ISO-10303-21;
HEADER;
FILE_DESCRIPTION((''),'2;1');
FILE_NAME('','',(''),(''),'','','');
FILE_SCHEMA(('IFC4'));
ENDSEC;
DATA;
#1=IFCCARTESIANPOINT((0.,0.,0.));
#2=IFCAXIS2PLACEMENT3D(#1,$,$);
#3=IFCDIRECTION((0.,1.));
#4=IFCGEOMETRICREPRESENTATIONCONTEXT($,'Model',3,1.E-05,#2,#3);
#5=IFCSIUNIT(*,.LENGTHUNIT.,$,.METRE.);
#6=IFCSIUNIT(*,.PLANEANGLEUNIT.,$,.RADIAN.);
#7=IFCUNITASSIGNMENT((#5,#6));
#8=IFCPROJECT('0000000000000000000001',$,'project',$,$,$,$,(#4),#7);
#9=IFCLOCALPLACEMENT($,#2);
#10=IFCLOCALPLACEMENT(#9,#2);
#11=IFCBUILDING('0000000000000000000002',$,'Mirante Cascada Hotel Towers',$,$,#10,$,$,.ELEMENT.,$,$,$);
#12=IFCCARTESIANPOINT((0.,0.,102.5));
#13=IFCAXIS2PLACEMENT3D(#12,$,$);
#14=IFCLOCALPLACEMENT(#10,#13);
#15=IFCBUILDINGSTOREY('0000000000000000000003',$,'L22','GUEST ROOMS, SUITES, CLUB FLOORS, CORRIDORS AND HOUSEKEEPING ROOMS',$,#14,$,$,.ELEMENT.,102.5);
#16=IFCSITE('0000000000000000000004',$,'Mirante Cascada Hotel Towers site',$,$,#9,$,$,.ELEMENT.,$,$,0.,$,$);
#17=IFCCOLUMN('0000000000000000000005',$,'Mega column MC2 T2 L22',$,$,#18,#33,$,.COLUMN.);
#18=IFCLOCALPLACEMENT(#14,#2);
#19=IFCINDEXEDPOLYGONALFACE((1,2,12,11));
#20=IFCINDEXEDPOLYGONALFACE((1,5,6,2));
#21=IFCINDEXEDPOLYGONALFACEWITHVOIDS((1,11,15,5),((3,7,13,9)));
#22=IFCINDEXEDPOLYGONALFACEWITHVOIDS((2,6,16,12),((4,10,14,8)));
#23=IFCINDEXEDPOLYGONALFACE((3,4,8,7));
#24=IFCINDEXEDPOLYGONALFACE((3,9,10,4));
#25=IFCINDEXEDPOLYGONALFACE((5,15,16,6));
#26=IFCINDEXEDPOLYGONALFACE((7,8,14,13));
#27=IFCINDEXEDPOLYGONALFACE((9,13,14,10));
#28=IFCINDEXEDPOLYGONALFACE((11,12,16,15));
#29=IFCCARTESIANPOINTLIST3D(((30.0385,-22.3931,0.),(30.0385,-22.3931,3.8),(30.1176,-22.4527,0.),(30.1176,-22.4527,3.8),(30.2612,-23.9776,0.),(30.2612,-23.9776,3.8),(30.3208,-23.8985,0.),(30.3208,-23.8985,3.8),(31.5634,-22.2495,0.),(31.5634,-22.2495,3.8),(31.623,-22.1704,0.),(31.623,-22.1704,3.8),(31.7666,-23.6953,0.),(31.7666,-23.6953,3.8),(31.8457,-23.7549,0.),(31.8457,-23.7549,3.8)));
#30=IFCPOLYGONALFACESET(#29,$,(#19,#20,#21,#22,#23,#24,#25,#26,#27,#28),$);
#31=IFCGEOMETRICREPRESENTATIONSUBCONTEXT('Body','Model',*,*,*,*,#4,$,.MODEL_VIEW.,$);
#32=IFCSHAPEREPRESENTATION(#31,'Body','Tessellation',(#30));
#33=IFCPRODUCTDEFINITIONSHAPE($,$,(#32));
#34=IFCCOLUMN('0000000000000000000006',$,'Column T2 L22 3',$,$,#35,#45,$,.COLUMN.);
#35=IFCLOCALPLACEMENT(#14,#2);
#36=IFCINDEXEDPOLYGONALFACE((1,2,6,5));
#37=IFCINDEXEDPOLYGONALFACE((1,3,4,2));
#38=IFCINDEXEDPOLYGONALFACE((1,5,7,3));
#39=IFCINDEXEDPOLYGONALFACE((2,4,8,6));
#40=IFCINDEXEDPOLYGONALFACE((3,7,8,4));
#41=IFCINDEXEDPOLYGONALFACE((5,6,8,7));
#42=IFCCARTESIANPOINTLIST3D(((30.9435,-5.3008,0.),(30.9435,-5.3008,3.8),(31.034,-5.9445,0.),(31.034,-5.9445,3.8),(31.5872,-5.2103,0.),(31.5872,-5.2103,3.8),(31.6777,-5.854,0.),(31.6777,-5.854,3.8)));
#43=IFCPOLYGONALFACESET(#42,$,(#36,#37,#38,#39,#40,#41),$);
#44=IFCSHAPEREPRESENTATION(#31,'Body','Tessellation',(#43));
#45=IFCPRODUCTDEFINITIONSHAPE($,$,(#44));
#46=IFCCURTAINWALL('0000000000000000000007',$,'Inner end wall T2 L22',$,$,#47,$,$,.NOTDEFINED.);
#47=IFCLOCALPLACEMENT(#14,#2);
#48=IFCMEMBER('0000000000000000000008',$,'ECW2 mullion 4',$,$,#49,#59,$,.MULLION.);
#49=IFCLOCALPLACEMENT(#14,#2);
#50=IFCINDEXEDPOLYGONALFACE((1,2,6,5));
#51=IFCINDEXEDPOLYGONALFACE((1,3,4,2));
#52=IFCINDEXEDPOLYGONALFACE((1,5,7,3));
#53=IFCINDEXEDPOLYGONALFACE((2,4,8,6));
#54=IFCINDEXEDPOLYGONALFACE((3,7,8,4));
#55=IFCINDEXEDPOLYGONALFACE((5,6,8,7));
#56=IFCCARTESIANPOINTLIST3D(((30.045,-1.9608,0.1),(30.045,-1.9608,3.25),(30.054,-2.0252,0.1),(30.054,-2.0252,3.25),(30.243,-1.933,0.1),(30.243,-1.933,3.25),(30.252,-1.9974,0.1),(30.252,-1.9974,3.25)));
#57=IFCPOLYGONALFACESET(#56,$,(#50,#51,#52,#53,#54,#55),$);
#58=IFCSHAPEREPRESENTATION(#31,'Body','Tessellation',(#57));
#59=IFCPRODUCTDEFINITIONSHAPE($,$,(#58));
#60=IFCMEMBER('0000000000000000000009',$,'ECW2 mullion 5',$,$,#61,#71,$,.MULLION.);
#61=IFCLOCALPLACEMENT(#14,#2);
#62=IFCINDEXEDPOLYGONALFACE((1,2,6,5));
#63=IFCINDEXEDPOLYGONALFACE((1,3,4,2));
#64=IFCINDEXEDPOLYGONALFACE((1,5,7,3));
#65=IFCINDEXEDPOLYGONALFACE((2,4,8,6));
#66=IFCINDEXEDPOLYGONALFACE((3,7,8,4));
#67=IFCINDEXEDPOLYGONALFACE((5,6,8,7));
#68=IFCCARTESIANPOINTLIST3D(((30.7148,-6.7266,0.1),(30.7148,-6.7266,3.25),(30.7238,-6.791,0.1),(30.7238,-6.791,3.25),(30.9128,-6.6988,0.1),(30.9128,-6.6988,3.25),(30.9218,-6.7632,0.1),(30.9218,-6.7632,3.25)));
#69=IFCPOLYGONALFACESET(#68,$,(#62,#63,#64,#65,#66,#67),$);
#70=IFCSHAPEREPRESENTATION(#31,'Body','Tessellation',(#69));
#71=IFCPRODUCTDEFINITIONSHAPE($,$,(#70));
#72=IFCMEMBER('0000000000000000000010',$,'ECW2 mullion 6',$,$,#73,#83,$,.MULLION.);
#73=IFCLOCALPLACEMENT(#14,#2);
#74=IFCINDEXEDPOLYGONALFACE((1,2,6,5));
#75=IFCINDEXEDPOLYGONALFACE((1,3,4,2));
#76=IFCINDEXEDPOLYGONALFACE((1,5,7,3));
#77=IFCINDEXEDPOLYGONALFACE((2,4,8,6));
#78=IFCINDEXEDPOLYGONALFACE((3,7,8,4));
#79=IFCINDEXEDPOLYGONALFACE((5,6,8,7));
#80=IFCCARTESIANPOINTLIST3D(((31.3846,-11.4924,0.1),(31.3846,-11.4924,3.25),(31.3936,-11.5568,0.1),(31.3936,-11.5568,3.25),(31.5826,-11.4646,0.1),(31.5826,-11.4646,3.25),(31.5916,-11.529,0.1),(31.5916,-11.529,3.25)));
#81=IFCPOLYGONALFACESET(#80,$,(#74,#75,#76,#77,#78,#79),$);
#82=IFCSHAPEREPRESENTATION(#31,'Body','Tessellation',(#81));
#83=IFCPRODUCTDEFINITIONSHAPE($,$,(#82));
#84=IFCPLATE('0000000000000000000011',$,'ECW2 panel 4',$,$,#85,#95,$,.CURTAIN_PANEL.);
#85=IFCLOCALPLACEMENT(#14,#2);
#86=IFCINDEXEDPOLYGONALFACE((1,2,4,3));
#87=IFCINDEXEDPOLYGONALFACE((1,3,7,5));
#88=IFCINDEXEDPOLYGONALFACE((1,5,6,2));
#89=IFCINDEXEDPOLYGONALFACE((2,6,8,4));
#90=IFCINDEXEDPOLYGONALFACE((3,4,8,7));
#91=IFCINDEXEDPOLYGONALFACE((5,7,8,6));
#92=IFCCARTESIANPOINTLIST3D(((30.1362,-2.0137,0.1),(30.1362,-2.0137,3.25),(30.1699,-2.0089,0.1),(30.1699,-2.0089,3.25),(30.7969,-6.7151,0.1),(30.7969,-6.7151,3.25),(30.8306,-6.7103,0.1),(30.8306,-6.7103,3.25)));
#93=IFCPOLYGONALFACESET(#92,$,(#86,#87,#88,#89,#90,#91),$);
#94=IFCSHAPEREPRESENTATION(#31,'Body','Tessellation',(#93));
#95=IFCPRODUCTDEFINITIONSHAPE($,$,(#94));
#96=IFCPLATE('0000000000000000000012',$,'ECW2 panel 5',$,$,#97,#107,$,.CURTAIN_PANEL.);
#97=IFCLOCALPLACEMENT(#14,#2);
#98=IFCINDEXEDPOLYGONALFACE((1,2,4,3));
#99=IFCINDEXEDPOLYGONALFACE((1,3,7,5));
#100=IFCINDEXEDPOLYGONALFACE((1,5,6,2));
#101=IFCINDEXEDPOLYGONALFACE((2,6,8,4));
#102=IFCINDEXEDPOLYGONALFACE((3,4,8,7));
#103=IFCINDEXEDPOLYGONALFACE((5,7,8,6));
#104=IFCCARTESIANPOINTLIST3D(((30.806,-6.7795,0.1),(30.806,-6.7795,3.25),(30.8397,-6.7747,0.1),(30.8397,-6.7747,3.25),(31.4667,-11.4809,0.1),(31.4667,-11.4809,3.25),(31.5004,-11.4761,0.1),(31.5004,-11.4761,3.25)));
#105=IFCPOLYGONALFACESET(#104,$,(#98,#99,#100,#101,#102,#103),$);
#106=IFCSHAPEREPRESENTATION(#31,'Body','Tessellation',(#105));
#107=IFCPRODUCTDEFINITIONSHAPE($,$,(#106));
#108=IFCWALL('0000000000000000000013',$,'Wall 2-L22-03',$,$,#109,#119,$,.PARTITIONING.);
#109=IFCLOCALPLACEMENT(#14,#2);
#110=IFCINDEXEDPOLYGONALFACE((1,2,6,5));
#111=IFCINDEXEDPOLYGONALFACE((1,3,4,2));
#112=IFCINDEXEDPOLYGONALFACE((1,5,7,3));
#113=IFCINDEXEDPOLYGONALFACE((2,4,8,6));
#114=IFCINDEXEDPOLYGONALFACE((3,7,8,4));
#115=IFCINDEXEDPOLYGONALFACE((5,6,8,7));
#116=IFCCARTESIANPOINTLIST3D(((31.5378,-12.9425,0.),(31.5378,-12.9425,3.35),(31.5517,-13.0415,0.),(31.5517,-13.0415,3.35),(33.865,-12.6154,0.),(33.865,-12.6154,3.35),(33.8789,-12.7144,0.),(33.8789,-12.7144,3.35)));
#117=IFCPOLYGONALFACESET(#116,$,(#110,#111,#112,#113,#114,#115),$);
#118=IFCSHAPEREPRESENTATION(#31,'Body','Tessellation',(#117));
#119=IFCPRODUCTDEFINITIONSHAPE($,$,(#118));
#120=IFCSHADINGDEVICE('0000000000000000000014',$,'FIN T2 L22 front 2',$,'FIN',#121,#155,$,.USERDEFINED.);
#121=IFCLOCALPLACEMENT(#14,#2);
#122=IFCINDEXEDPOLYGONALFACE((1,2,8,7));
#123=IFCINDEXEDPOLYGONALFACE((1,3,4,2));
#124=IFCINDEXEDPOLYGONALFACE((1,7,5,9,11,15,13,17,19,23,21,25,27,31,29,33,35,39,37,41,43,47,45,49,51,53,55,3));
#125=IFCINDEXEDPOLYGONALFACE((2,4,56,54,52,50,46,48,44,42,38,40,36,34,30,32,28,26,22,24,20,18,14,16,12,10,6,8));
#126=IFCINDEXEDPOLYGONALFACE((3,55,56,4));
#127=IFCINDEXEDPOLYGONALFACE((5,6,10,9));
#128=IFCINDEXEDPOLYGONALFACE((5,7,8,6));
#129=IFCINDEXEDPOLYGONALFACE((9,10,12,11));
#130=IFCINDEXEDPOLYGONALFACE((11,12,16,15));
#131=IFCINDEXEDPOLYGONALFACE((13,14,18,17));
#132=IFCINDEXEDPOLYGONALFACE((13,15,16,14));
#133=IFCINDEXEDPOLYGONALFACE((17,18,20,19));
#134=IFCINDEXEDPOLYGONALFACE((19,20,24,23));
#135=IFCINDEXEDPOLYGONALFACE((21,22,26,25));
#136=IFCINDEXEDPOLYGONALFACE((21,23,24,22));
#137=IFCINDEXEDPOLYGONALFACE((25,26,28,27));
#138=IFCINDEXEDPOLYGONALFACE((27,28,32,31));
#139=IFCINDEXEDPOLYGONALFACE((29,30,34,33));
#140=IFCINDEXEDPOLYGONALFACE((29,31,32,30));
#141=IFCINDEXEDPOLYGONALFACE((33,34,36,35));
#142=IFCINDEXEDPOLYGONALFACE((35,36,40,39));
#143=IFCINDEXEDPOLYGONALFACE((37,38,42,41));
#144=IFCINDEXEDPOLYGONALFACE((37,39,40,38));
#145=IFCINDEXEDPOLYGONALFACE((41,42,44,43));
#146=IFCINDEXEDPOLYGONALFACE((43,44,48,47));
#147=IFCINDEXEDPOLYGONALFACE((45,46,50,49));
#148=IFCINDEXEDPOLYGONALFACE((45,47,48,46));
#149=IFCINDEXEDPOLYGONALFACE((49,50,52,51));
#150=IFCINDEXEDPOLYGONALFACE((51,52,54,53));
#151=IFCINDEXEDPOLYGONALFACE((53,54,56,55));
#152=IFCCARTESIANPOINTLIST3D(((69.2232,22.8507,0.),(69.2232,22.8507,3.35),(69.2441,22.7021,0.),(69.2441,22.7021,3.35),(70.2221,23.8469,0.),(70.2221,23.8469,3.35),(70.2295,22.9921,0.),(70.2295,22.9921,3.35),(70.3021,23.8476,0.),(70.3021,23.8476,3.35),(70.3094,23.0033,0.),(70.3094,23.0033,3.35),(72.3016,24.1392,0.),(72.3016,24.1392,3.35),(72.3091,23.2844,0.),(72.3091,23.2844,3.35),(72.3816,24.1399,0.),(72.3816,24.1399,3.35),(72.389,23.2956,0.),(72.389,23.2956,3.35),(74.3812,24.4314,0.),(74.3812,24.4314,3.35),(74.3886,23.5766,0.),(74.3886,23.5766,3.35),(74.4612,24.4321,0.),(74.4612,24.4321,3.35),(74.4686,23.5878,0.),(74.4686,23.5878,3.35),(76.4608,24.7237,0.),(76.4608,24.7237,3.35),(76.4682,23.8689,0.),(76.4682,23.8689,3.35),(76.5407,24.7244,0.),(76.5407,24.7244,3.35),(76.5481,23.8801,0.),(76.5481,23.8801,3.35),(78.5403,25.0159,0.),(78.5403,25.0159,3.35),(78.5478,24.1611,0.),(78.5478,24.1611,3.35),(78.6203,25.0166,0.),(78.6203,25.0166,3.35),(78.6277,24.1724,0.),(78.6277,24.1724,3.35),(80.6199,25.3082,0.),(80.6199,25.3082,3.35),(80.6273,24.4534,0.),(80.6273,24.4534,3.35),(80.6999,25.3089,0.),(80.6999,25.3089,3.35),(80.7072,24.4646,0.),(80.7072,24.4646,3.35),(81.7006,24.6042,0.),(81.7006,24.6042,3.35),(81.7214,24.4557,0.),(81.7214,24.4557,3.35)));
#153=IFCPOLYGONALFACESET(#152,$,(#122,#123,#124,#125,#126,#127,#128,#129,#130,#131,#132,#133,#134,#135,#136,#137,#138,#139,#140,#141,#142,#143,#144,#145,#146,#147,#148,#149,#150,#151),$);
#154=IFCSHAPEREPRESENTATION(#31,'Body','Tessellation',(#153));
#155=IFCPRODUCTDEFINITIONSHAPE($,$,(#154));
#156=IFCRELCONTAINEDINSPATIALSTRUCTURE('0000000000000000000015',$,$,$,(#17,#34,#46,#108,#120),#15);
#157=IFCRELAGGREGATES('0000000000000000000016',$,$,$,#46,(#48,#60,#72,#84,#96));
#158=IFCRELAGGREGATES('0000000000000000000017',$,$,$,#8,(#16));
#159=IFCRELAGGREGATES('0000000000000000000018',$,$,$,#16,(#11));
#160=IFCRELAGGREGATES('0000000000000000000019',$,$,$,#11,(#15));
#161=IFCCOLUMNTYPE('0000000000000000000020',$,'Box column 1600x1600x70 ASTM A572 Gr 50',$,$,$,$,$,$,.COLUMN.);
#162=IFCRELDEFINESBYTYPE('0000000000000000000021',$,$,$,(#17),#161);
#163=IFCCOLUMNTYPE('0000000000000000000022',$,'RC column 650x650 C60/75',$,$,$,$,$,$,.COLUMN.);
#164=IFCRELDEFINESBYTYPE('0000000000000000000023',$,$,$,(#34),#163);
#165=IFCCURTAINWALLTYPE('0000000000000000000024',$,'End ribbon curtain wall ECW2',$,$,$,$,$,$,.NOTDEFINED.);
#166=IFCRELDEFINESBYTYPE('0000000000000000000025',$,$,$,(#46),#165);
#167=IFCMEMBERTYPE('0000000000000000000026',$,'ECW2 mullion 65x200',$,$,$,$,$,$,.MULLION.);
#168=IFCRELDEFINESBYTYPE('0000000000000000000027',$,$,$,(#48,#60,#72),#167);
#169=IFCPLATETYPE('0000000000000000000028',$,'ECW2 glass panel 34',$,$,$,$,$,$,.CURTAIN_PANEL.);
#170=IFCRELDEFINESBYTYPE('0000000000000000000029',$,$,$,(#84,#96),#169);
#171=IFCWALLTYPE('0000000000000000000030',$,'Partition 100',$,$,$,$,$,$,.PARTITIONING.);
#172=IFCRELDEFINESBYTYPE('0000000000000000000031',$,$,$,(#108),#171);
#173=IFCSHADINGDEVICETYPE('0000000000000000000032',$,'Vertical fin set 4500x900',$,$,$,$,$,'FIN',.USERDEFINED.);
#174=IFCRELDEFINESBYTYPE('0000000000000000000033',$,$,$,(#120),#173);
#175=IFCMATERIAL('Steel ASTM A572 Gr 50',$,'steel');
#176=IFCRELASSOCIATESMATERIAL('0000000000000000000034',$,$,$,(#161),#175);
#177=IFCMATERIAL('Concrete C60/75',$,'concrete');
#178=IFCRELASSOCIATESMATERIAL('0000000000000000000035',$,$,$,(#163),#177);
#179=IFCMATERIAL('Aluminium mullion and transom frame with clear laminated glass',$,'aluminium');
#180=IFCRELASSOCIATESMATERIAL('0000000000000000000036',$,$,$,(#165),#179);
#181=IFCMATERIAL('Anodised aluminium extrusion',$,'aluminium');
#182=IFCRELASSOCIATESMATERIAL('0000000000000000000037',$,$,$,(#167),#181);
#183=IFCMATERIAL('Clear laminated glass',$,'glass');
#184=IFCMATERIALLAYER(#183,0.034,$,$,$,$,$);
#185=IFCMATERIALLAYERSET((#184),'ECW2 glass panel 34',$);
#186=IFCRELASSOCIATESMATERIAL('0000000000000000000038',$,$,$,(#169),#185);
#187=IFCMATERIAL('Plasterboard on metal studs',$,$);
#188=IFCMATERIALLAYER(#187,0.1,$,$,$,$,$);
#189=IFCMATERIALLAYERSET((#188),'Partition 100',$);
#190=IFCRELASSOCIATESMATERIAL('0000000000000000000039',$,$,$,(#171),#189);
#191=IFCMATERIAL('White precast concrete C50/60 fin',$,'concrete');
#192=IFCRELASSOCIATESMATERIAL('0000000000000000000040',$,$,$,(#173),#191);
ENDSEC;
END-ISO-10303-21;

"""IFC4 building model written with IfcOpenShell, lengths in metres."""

from ifc_helpers import new_model, si_unit, direction, frame, frame_2d, origin, origin_2d, place, context, subcontext, project, spatial, polyline, rectangle, hollow_rectangle, outline, extrude, material, layer, layer_set, material_profile, profile_set, type_object, element, aggregate, save


model = new_model("IFC4")

# Units and contexts
model_context = context("Model", 3, precision=1e-05, world=origin(), true_north=direction((0.0, 1.0)))
body_context = subcontext(model_context, "Body", "Model", "MODEL_VIEW")
ifc_project = project(units=[si_unit("LENGTHUNIT", "METRE"), si_unit("PLANEANGLEUNIT", "RADIAN")], contexts=[model_context])

# Site, building, storey
site_placement = place(None, origin())
site = spatial("IfcSite", under=ifc_project, at=site_placement, Name="Mirante Cascada Hotel Towers site", CompositionType="ELEMENT", RefElevation=0.0)
building_placement = place(site_placement, origin())
building = spatial("IfcBuilding", under=site, at=building_placement, Name="Mirante Cascada Hotel Towers", CompositionType="ELEMENT")
storey_placement = place(building_placement, frame((0.0, 0.0, 102.5)))
storey = spatial("IfcBuildingStorey", under=building, at=storey_placement, Name="L22", Description="GUEST ROOMS, SUITES, CLUB FLOORS, CORRIDORS AND HOUSEKEEPING ROOMS", CompositionType="ELEMENT", Elevation=102.5)

# Columns
ifc_material_1 = material(Name="Steel ASTM A572 Gr 50", Category="steel")
ifc_material_profile_1 = material_profile(ifc_material_1, hollow_rectangle(XDim=1.6, YDim=1.6, WallThickness=0.07, at=origin_2d()), Name="Box column 1600x1600x70 ASTM A572 Gr 50")
ifc_profile_set_1 = profile_set([ifc_material_profile_1], Name="Steel ASTM A572 Gr 50")
column_type_1 = type_object("IfcColumnType", Name="Box column 1600x1600x70 ASTM A572 Gr 50", PredefinedType="COLUMN", material=ifc_profile_set_1)
column_1_placement = place(storey_placement, frame((30.9421, -23.074, 0.0), z_axis=(0.0, 0.0, 1.0), x_axis=(0.990268, 0.139173, 0.0)))
element("IfcColumn", 1, at=column_1_placement, inside=storey, type_object=column_type_1, Name="Mega column MC2 T2 L22", PredefinedType="COLUMN", context=body_context, shape_type="SweptSolid", body=[
    extrude(hollow_rectangle(XDim=1.6, YDim=1.6, WallThickness=0.07, at=origin_2d()), origin(), (0.0, 0.0, 1.0), 3.8),
])
ifc_material_2 = material(Name="Concrete C60/75", Category="concrete")
ifc_material_profile_2 = material_profile(ifc_material_2, rectangle(XDim=0.65, YDim=0.65, at=origin_2d()), Name="RC column 650x650 C60/75")
ifc_profile_set_2 = profile_set([ifc_material_profile_2], Name="Concrete C60/75")
column_type_2 = type_object("IfcColumnType", Name="RC column 650x650 C60/75", PredefinedType="COLUMN", material=ifc_profile_set_2)
column_2_placement = place(storey_placement, frame((31.3106, -5.5774, 0.0), z_axis=(0.0, 0.0, 1.0), x_axis=(0.990268, 0.139173, 0.0)))
element("IfcColumn", 2, at=column_2_placement, inside=storey, type_object=column_type_2, Name="Column T2 L22 3", PredefinedType="COLUMN", context=body_context, shape_type="SweptSolid", body=[
    extrude(rectangle(XDim=0.65, YDim=0.65, at=origin_2d()), origin(), (0.0, 0.0, 1.0), 3.8),
])

# Curtain wall, members, plates
ifc_material_3 = material(Name="Aluminium mullion and transom frame with clear laminated glass", Category="aluminium")
curtain_wall_type = type_object("IfcCurtainWallType", Name="End ribbon curtain wall ECW2", PredefinedType="NOTDEFINED", material=ifc_material_3)
curtain_wall_placement = place(storey_placement, origin())
curtain_wall = element("IfcCurtainWall", 3, at=curtain_wall_placement, inside=storey, type_object=curtain_wall_type, Name="Inner end wall T2 L22", PredefinedType="NOTDEFINED")
ifc_material_4 = material(Name="Anodised aluminium extrusion", Category="aluminium")
ifc_material_profile_3 = material_profile(ifc_material_4, rectangle(XDim=0.2, YDim=0.065, at=origin_2d()), Name="ECW2 MULLION 65x200")
ifc_profile_set_3 = profile_set([ifc_material_profile_3], Name="Anodised aluminium extrusion")
member_type = type_object("IfcMemberType", Name="ECW2 mullion 65x200", PredefinedType="MULLION", material=ifc_profile_set_3)
member_1_placement = place(storey_placement, frame((30.1485, -1.9791, 0.1), z_axis=(0.0, 0.0, 1.0), x_axis=(0.990268, 0.139173, 0.0)))
member_1 = element("IfcMember", 4, at=member_1_placement, type_object=member_type, Name="ECW2 mullion 4", PredefinedType="MULLION", context=body_context, shape_type="SweptSolid", body=[
    extrude(rectangle(XDim=0.2, YDim=0.065, at=origin_2d()), origin(), (0.0, 0.0, 1.0), 3.15),
])
member_2_placement = place(storey_placement, frame((30.8183, -6.7449, 0.1), z_axis=(0.0, 0.0, 1.0), x_axis=(0.990268, 0.139173, 0.0)))
member_2 = element("IfcMember", 5, at=member_2_placement, type_object=member_type, Name="ECW2 mullion 5", PredefinedType="MULLION", context=body_context, shape_type="SweptSolid", body=[
    extrude(rectangle(XDim=0.2, YDim=0.065, at=origin_2d()), origin(), (0.0, 0.0, 1.0), 3.15),
])
member_3_placement = place(storey_placement, frame((31.4881, -11.5107, 0.1), z_axis=(0.0, 0.0, 1.0), x_axis=(0.990268, 0.139173, 0.0)))
member_3 = element("IfcMember", 6, at=member_3_placement, type_object=member_type, Name="ECW2 mullion 6", PredefinedType="MULLION", context=body_context, shape_type="SweptSolid", body=[
    extrude(rectangle(XDim=0.2, YDim=0.065, at=origin_2d()), origin(), (0.0, 0.0, 1.0), 3.15),
])
ifc_material_5 = material(Name="Clear laminated glass", Category="glass")
ifc_layer_1 = layer(ifc_material_5, 0.034)
ifc_layer_set_1 = layer_set([ifc_layer_1], Name="ECW2 glass panel 34")
plate_type = type_object("IfcPlateType", Name="ECW2 glass panel 34", PredefinedType="CURTAIN_PANEL", material=ifc_layer_set_1)
plate_1_placement = place(storey_placement, frame((30.4834, -4.362, 0.1), z_axis=(0.0, 0.0, 1.0), x_axis=(0.139173, -0.990268, 0.0)))
plate_1 = element("IfcPlate", 7, at=plate_1_placement, type_object=plate_type, Name="ECW2 panel 4", PredefinedType="CURTAIN_PANEL", context=body_context, shape_type="SweptSolid", body=[
    extrude(rectangle(XDim=4.7476, YDim=0.034, at=origin_2d()), origin(), (0.0, 0.0, 1.0), 3.15),
])
plate_2_placement = place(storey_placement, frame((31.1532, -9.1278, 0.1), z_axis=(0.0, 0.0, 1.0), x_axis=(0.139173, -0.990268, 0.0)))
plate_2 = element("IfcPlate", 8, at=plate_2_placement, type_object=plate_type, Name="ECW2 panel 5", PredefinedType="CURTAIN_PANEL", context=body_context, shape_type="SweptSolid", body=[
    extrude(rectangle(XDim=4.7476, YDim=0.034, at=origin_2d()), origin(), (0.0, 0.0, 1.0), 3.15),
])
aggregate(curtain_wall, [member_1, member_2, member_3, plate_1, plate_2])

# Wall
ifc_material_6 = material(Name="Plasterboard on metal studs")
ifc_layer_2 = layer(ifc_material_6, 0.1)
ifc_layer_set_2 = layer_set([ifc_layer_2], Name="Partition 100")
wall_type = type_object("IfcWallType", Name="Partition 100", PredefinedType="PARTITIONING", material=ifc_layer_set_2)
wall_placement = place(storey_placement, frame((31.5448, -12.992, 0.0), z_axis=(0.0, 0.0, 1.0), x_axis=(0.990266, 0.139187, 0.0)))
element("IfcWall", 9, at=wall_placement, inside=storey, type_object=wall_type, Name="Wall 2-L22-03", PredefinedType="PARTITIONING", context=body_context, shape_type="SweptSolid", body=[
    extrude(rectangle(XDim=2.3501, YDim=0.1, at=frame_2d((1.175, 0.0))), origin(), (0.0, 0.0, 1.0), 3.35),
])

# Shading device
ifc_material_7 = material(Name="White precast concrete C50/60 fin", Category="concrete")
shading_device_type = type_object("IfcShadingDeviceType", Name="Vertical fin set 4500x900", ElementType="FIN", PredefinedType="USERDEFINED", material=ifc_material_7)
shading_device_1_placement = place(storey_placement, origin())
element("IfcShadingDevice", 10, at=shading_device_1_placement, inside=storey, type_object=shading_device_type, Name="FIN T2 L22 front 2", ObjectType="FIN", PredefinedType="USERDEFINED", context=body_context, shape_type="SweptSolid", body=[
    extrude(outline(polyline([(70.3021, 23.8476), (70.3094, 23.0033), (72.3091, 23.2844), (72.3016, 24.1392), (72.3816, 24.1399), (72.389, 23.2956), (74.3886, 23.5766), (74.3812, 24.4314), (74.4612, 24.4321), (74.4686, 23.5878), (76.4682, 23.8689), (76.4608, 24.7237), (76.5407, 24.7244), (76.5481, 23.8801), (78.5478, 24.1611), (78.5403, 25.0159), (78.6203, 25.0166), (78.6277, 24.1724), (80.6273, 24.4534), (80.6199, 25.3082), (80.6999, 25.3089), (80.7072, 24.4646), (81.7006, 24.6042), (81.7214, 24.4557), (69.2441, 22.7021), (69.2232, 22.8507), (70.2295, 22.9921), (70.2221, 23.8469), (70.3021, 23.8476)])), origin(), (0.0, 0.0, 1.0), 3.35),
])

save(model, "model.ifc")
